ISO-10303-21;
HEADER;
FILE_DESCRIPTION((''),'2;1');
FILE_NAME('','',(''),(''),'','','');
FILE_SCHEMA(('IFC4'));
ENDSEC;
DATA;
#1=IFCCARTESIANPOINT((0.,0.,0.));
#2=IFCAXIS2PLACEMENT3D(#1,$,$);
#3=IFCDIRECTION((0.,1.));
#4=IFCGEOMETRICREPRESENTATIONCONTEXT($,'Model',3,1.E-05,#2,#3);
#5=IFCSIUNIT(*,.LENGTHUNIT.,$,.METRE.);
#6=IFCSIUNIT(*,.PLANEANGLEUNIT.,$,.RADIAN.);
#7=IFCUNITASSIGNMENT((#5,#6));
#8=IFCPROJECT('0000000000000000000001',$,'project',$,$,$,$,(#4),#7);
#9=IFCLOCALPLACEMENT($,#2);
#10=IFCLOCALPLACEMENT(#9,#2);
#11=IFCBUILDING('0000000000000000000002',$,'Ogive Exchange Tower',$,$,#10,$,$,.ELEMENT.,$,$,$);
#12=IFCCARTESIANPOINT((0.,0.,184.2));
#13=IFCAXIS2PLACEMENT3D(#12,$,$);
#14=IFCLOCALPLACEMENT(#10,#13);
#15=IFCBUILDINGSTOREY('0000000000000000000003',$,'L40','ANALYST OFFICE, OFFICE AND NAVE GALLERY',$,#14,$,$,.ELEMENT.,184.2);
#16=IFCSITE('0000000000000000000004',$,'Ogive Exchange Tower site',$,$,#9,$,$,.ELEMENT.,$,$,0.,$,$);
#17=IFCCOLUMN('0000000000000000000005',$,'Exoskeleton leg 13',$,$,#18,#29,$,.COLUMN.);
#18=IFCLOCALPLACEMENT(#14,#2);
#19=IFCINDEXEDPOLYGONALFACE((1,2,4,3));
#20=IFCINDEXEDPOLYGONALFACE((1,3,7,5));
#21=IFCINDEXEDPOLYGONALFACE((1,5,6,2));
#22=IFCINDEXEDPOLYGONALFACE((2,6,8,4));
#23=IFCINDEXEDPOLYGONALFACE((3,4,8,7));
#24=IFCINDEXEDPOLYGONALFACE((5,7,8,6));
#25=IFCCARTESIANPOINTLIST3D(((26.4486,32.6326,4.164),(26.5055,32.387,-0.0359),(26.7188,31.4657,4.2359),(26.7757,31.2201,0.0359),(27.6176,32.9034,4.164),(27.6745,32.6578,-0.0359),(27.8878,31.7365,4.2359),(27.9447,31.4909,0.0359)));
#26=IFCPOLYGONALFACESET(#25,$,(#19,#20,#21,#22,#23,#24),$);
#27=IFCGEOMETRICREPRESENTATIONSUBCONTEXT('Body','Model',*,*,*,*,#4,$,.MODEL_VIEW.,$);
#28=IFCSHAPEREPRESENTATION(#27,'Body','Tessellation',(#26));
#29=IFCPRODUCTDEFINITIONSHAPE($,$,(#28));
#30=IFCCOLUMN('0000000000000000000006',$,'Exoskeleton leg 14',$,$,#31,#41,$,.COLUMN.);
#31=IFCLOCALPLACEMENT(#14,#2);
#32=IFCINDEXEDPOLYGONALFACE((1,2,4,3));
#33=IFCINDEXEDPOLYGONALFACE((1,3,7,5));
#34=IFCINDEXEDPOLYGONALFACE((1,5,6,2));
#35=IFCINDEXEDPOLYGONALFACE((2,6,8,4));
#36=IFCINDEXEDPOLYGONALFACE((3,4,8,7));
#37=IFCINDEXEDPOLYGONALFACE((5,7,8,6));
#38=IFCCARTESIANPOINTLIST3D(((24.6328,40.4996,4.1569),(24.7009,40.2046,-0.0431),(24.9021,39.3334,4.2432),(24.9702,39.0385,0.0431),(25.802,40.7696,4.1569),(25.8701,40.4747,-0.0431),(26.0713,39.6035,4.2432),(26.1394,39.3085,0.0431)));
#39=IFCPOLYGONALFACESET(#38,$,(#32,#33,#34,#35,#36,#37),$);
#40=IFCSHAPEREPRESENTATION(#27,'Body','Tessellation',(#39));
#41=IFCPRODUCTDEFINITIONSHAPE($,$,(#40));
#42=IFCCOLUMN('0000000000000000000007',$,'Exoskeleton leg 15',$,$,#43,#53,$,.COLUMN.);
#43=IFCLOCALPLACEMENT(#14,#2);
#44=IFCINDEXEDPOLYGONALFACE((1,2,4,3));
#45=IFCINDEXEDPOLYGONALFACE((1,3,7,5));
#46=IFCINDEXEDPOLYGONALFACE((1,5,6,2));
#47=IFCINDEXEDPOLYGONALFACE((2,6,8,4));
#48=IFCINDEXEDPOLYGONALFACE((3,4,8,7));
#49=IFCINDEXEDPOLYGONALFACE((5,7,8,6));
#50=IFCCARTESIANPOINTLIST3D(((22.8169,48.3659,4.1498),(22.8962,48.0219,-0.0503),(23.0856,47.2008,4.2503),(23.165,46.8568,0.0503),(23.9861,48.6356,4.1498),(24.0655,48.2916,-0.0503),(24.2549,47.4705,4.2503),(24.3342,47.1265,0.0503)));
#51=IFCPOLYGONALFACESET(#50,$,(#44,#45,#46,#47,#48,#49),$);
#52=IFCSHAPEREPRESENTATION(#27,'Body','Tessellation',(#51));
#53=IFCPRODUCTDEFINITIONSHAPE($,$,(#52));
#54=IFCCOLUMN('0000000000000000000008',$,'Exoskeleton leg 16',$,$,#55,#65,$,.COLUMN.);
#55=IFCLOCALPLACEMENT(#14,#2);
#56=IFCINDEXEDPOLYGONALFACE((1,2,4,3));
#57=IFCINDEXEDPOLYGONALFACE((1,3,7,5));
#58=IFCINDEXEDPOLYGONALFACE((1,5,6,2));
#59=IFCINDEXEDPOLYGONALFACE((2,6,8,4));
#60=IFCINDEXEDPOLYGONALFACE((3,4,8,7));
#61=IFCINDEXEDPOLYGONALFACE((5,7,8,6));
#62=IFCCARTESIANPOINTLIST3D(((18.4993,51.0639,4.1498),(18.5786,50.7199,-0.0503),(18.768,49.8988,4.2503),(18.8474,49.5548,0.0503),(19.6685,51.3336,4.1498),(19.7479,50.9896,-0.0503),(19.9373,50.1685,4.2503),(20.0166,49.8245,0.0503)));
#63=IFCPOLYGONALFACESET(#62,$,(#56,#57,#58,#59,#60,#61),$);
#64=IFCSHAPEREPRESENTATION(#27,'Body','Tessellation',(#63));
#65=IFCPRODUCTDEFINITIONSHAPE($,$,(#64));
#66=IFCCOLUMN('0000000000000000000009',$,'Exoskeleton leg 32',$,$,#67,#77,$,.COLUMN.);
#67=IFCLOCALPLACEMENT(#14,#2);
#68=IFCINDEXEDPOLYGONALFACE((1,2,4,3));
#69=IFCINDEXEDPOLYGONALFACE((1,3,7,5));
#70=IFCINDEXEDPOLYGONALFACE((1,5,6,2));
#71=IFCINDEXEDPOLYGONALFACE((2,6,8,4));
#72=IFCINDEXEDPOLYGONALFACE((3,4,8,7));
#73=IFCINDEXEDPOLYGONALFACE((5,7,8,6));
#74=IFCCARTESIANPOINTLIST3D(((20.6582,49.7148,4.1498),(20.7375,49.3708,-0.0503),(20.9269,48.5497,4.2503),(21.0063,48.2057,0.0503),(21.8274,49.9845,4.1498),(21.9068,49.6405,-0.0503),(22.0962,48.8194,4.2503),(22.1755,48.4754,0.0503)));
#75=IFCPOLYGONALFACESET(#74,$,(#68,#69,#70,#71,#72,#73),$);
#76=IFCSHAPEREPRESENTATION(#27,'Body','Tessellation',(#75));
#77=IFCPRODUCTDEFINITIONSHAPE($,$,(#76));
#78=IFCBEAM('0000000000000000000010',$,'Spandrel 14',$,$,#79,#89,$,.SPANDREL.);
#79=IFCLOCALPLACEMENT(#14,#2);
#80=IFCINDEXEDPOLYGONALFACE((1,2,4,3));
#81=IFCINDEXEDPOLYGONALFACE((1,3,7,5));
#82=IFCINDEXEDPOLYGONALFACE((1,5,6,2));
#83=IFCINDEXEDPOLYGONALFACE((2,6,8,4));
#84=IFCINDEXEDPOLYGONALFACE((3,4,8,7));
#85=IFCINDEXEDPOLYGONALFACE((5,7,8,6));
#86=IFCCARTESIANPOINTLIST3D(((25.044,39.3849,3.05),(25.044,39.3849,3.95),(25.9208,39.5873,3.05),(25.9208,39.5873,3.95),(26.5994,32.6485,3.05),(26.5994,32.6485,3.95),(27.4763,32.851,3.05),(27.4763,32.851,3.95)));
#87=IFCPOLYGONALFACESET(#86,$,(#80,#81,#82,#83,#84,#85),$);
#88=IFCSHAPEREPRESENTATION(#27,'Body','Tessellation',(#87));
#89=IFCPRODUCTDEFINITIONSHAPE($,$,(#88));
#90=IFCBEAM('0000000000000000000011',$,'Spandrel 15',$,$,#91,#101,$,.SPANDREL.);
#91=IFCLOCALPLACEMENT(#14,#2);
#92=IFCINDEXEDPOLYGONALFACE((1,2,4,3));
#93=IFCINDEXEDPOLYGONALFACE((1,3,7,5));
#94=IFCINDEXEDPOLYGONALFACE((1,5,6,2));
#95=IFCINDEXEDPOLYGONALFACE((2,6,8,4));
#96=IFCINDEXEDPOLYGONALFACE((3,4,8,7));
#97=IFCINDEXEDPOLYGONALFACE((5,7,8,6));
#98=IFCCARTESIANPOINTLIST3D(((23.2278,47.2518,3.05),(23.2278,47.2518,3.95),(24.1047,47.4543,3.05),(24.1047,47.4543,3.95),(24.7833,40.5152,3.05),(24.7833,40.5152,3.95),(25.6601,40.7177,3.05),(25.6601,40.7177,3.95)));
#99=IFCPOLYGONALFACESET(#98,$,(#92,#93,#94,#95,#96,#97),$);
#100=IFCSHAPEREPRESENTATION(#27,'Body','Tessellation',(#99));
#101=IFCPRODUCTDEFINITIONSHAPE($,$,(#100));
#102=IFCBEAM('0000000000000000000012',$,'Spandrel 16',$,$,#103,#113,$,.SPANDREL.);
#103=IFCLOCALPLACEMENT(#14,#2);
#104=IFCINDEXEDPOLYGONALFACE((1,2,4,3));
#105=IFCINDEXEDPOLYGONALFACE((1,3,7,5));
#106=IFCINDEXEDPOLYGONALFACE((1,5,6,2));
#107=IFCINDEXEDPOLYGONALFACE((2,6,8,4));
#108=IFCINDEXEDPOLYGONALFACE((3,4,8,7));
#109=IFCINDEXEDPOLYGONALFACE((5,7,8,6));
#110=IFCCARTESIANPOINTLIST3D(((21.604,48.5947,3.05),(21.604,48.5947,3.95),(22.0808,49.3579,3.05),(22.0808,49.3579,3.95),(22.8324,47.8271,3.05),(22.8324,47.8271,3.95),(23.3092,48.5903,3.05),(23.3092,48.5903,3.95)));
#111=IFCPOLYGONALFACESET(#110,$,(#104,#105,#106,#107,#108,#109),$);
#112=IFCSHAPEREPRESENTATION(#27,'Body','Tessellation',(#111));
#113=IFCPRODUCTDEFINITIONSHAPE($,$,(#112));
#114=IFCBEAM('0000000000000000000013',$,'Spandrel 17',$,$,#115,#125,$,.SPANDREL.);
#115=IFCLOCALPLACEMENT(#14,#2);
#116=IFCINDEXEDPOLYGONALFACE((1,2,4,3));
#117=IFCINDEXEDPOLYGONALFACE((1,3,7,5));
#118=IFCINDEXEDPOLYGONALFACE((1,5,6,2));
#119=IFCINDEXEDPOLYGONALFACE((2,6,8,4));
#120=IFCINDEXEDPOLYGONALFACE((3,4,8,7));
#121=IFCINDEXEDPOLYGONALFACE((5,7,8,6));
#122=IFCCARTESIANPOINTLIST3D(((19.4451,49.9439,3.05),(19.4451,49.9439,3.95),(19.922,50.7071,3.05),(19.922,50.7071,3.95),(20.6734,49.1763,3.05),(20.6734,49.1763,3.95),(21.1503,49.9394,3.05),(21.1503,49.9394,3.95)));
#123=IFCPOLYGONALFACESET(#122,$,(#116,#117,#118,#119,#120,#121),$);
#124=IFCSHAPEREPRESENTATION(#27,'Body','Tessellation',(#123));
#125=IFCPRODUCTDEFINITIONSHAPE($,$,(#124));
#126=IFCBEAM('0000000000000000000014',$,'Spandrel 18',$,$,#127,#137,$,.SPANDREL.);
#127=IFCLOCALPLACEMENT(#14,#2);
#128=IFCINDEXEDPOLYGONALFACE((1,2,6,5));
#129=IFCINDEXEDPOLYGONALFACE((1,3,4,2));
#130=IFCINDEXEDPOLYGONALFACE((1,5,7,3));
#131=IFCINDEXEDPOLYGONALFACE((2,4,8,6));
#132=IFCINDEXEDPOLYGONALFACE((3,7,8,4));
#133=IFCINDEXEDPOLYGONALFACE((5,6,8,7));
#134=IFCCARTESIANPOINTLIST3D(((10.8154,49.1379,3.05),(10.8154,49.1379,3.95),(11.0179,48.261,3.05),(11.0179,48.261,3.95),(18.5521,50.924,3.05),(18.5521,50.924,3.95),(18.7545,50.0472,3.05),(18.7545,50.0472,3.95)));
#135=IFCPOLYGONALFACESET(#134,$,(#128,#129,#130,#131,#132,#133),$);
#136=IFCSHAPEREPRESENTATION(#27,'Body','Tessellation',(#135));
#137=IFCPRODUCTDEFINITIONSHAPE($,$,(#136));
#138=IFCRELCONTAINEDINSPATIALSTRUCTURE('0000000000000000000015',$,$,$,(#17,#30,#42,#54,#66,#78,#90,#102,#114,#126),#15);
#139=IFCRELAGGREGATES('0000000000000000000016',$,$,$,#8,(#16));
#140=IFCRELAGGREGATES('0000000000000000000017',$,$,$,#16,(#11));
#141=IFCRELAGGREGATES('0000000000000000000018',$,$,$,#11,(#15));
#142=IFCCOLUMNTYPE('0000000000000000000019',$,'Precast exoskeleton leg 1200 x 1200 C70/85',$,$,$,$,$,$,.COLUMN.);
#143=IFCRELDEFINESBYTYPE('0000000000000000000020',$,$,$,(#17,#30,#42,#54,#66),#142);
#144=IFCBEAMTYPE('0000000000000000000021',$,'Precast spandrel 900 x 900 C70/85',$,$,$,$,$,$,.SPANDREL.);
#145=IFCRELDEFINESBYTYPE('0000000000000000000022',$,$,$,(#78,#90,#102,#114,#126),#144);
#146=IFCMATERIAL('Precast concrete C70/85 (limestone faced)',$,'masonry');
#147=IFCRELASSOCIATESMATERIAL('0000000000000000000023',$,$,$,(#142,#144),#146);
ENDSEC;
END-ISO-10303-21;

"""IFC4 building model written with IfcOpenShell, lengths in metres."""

from ifc_helpers import new_model, si_unit, direction, frame, origin, origin_2d, place, context, subcontext, project, spatial, rectangle, extrude, material, material_profile, profile_set, type_object, element, save


model = new_model("IFC4")

# Units and contexts
model_context = context("Model", 3, precision=1e-05, world=origin(), true_north=direction((0.0, 1.0)))
body_context = subcontext(model_context, "Body", "Model", "MODEL_VIEW")
ifc_project = project(units=[si_unit("LENGTHUNIT", "METRE"), si_unit("PLANEANGLEUNIT", "RADIAN")], contexts=[model_context])

# Site, building, storey
site_placement = place(None, origin())
site = spatial("IfcSite", under=ifc_project, at=site_placement, Name="Ogive Exchange Tower site", CompositionType="ELEMENT", RefElevation=0.0)
building_placement = place(site_placement, origin())
building = spatial("IfcBuilding", under=site, at=building_placement, Name="Ogive Exchange Tower", CompositionType="ELEMENT")
storey_placement = place(building_placement, frame((0.0, 0.0, 184.2)))
storey = spatial("IfcBuildingStorey", under=building, at=storey_placement, Name="L40", Description="ANALYST OFFICE, OFFICE AND NAVE GALLERY", CompositionType="ELEMENT", Elevation=184.2)

# Columns
ifc_material_1 = material(Name="Precast concrete C70/85 (limestone faced)", Category="masonry")
ifc_material_profile_1 = material_profile(ifc_material_1, rectangle(XDim=1.2, YDim=1.2, at=origin_2d()), Name="1200 x 1200")
ifc_profile_set_1 = profile_set([ifc_material_profile_1], Name="Precast concrete C70/85 (limestone faced)")
column_type = type_object("IfcColumnType", Name="Precast exoskeleton leg 1200 x 1200 C70/85", PredefinedType="COLUMN", material=ifc_profile_set_1)
column_1_placement = place(storey_placement, frame((27.2251, 31.939, 0.0), z_axis=(-0.01352, 0.058373, 0.998203), x_axis=(-0.974211, -0.225637, 0.0)))
element("IfcColumn", 1, at=column_1_placement, inside=storey, type_object=column_type, Name="Exoskeleton leg 13", PredefinedType="COLUMN", context=body_context, shape_type="SweptSolid", body=[
    extrude(rectangle(XDim=1.2, YDim=1.2, at=origin_2d()), origin(), (0.0, 0.0, 1.0), 4.2075),
])
column_2_placement = place(storey_placement, frame((25.4202, 39.7566, 0.0), z_axis=(-0.016176, 0.070039, 0.997413), x_axis=(-0.97435, -0.225036, 0.0)))
element("IfcColumn", 2, at=column_2_placement, inside=storey, type_object=column_type, Name="Exoskeleton leg 14", PredefinedType="COLUMN", context=body_context, shape_type="SweptSolid", body=[
    extrude(rectangle(XDim=1.2, YDim=1.2, at=origin_2d()), origin(), (0.0, 0.0, 1.0), 4.2109),
])
for number, where, z_axis, x_axis, name in (
    (3, (23.6152, 47.5742, 0.0), (-0.018826, 0.081617, 0.996486), (-0.974415, -0.224758, 0.0), "Exoskeleton leg 15"),
    (4, (19.2976, 50.2722, 0.0), (-0.018826, 0.081617, 0.996486), (-0.974415, -0.224758, 0.0), "Exoskeleton leg 16"),
    (5, (21.4565, 48.9231, 0.0), (-0.018826, 0.081617, 0.996486), (-0.974415, -0.224758, 0.0), "Exoskeleton leg 32"),
):
    element("IfcColumn", number, at=place(storey_placement, frame(where, z_axis=z_axis, x_axis=x_axis)), inside=storey, type_object=column_type, Name=name, PredefinedType="COLUMN", context=body_context, shape_type="SweptSolid", body=[
        extrude(rectangle(XDim=1.2, YDim=1.2, at=origin_2d()), origin(), (0.0, 0.0, 1.0), 4.2148),
    ])

# Beams
ifc_material_profile_2 = material_profile(ifc_material_1, rectangle(XDim=0.8999, YDim=0.8999, at=origin_2d()), Name="900 x 900")
ifc_profile_set_2 = profile_set([ifc_material_profile_2], Name="Precast concrete C70/85 (limestone faced)")
beam_type = type_object("IfcBeamType", Name="Precast spandrel 900 x 900 C70/85", PredefinedType="SPANDREL", material=ifc_profile_set_2)
beam_1_placement = place(storey_placement, frame((27.0378, 32.7498, 3.5), z_axis=(-0.224981, 0.974363, 0.0), x_axis=(-0.974363, -0.224981, 0.0)))
element("IfcBeam", 6, at=beam_1_placement, inside=storey, type_object=beam_type, Name="Spandrel 14", PredefinedType="SPANDREL", context=body_context, shape_type="SweptSolid", body=[
    extrude(rectangle(XDim=0.8999, YDim=0.8999, at=origin_2d()), origin(), (0.0, 0.0, 1.0), 6.9136),
])
beam_2_placement = place(storey_placement, frame((25.2217, 40.6165, 3.5), z_axis=(-0.224973, 0.974365, 0.0), x_axis=(-0.974365, -0.224973, 0.0)))
element("IfcBeam", 7, at=beam_2_placement, inside=storey, type_object=beam_type, Name="Spandrel 15", PredefinedType="SPANDREL", context=body_context, shape_type="SweptSolid", body=[
    extrude(rectangle(XDim=0.8999, YDim=0.8999, at=origin_2d()), origin(), (0.0, 0.0, 1.0), 6.9138),
])
for number, where, z_axis, x_axis, name in (
    (8, (23.0708, 48.2087, 3.5), (-0.848074, 0.529878, 0.0), (-0.529878, -0.848074, 0.0), "Spandrel 16"),
    (9, (20.9119, 49.5579, 3.5), (-0.848027, 0.529953, 0.0), (-0.529953, -0.848027, 0.0), "Spandrel 17"),
):
    element("IfcBeam", number, at=place(storey_placement, frame(where, z_axis=z_axis, x_axis=x_axis)), inside=storey, type_object=beam_type, Name=name, PredefinedType="SPANDREL", context=body_context, shape_type="SweptSolid", body=[
        extrude(rectangle(XDim=0.8999, YDim=0.8999, at=origin_2d()), origin(), (0.0, 0.0, 1.0), 1.4485),
    ])
beam_3_placement = place(storey_placement, frame((18.6533, 50.4856, 3.5), z_axis=(-0.97437, -0.224952, 0.0), x_axis=(0.224952, -0.97437, 0.0)))
element("IfcBeam", 10, at=beam_3_placement, inside=storey, type_object=beam_type, Name="Spandrel 18", PredefinedType="SPANDREL", context=body_context, shape_type="SweptSolid", body=[
    extrude(rectangle(XDim=0.8999, YDim=0.8999, at=origin_2d()), origin(), (0.0, 0.0, 1.0), 7.9402),
])

save(model, "model.ifc")
